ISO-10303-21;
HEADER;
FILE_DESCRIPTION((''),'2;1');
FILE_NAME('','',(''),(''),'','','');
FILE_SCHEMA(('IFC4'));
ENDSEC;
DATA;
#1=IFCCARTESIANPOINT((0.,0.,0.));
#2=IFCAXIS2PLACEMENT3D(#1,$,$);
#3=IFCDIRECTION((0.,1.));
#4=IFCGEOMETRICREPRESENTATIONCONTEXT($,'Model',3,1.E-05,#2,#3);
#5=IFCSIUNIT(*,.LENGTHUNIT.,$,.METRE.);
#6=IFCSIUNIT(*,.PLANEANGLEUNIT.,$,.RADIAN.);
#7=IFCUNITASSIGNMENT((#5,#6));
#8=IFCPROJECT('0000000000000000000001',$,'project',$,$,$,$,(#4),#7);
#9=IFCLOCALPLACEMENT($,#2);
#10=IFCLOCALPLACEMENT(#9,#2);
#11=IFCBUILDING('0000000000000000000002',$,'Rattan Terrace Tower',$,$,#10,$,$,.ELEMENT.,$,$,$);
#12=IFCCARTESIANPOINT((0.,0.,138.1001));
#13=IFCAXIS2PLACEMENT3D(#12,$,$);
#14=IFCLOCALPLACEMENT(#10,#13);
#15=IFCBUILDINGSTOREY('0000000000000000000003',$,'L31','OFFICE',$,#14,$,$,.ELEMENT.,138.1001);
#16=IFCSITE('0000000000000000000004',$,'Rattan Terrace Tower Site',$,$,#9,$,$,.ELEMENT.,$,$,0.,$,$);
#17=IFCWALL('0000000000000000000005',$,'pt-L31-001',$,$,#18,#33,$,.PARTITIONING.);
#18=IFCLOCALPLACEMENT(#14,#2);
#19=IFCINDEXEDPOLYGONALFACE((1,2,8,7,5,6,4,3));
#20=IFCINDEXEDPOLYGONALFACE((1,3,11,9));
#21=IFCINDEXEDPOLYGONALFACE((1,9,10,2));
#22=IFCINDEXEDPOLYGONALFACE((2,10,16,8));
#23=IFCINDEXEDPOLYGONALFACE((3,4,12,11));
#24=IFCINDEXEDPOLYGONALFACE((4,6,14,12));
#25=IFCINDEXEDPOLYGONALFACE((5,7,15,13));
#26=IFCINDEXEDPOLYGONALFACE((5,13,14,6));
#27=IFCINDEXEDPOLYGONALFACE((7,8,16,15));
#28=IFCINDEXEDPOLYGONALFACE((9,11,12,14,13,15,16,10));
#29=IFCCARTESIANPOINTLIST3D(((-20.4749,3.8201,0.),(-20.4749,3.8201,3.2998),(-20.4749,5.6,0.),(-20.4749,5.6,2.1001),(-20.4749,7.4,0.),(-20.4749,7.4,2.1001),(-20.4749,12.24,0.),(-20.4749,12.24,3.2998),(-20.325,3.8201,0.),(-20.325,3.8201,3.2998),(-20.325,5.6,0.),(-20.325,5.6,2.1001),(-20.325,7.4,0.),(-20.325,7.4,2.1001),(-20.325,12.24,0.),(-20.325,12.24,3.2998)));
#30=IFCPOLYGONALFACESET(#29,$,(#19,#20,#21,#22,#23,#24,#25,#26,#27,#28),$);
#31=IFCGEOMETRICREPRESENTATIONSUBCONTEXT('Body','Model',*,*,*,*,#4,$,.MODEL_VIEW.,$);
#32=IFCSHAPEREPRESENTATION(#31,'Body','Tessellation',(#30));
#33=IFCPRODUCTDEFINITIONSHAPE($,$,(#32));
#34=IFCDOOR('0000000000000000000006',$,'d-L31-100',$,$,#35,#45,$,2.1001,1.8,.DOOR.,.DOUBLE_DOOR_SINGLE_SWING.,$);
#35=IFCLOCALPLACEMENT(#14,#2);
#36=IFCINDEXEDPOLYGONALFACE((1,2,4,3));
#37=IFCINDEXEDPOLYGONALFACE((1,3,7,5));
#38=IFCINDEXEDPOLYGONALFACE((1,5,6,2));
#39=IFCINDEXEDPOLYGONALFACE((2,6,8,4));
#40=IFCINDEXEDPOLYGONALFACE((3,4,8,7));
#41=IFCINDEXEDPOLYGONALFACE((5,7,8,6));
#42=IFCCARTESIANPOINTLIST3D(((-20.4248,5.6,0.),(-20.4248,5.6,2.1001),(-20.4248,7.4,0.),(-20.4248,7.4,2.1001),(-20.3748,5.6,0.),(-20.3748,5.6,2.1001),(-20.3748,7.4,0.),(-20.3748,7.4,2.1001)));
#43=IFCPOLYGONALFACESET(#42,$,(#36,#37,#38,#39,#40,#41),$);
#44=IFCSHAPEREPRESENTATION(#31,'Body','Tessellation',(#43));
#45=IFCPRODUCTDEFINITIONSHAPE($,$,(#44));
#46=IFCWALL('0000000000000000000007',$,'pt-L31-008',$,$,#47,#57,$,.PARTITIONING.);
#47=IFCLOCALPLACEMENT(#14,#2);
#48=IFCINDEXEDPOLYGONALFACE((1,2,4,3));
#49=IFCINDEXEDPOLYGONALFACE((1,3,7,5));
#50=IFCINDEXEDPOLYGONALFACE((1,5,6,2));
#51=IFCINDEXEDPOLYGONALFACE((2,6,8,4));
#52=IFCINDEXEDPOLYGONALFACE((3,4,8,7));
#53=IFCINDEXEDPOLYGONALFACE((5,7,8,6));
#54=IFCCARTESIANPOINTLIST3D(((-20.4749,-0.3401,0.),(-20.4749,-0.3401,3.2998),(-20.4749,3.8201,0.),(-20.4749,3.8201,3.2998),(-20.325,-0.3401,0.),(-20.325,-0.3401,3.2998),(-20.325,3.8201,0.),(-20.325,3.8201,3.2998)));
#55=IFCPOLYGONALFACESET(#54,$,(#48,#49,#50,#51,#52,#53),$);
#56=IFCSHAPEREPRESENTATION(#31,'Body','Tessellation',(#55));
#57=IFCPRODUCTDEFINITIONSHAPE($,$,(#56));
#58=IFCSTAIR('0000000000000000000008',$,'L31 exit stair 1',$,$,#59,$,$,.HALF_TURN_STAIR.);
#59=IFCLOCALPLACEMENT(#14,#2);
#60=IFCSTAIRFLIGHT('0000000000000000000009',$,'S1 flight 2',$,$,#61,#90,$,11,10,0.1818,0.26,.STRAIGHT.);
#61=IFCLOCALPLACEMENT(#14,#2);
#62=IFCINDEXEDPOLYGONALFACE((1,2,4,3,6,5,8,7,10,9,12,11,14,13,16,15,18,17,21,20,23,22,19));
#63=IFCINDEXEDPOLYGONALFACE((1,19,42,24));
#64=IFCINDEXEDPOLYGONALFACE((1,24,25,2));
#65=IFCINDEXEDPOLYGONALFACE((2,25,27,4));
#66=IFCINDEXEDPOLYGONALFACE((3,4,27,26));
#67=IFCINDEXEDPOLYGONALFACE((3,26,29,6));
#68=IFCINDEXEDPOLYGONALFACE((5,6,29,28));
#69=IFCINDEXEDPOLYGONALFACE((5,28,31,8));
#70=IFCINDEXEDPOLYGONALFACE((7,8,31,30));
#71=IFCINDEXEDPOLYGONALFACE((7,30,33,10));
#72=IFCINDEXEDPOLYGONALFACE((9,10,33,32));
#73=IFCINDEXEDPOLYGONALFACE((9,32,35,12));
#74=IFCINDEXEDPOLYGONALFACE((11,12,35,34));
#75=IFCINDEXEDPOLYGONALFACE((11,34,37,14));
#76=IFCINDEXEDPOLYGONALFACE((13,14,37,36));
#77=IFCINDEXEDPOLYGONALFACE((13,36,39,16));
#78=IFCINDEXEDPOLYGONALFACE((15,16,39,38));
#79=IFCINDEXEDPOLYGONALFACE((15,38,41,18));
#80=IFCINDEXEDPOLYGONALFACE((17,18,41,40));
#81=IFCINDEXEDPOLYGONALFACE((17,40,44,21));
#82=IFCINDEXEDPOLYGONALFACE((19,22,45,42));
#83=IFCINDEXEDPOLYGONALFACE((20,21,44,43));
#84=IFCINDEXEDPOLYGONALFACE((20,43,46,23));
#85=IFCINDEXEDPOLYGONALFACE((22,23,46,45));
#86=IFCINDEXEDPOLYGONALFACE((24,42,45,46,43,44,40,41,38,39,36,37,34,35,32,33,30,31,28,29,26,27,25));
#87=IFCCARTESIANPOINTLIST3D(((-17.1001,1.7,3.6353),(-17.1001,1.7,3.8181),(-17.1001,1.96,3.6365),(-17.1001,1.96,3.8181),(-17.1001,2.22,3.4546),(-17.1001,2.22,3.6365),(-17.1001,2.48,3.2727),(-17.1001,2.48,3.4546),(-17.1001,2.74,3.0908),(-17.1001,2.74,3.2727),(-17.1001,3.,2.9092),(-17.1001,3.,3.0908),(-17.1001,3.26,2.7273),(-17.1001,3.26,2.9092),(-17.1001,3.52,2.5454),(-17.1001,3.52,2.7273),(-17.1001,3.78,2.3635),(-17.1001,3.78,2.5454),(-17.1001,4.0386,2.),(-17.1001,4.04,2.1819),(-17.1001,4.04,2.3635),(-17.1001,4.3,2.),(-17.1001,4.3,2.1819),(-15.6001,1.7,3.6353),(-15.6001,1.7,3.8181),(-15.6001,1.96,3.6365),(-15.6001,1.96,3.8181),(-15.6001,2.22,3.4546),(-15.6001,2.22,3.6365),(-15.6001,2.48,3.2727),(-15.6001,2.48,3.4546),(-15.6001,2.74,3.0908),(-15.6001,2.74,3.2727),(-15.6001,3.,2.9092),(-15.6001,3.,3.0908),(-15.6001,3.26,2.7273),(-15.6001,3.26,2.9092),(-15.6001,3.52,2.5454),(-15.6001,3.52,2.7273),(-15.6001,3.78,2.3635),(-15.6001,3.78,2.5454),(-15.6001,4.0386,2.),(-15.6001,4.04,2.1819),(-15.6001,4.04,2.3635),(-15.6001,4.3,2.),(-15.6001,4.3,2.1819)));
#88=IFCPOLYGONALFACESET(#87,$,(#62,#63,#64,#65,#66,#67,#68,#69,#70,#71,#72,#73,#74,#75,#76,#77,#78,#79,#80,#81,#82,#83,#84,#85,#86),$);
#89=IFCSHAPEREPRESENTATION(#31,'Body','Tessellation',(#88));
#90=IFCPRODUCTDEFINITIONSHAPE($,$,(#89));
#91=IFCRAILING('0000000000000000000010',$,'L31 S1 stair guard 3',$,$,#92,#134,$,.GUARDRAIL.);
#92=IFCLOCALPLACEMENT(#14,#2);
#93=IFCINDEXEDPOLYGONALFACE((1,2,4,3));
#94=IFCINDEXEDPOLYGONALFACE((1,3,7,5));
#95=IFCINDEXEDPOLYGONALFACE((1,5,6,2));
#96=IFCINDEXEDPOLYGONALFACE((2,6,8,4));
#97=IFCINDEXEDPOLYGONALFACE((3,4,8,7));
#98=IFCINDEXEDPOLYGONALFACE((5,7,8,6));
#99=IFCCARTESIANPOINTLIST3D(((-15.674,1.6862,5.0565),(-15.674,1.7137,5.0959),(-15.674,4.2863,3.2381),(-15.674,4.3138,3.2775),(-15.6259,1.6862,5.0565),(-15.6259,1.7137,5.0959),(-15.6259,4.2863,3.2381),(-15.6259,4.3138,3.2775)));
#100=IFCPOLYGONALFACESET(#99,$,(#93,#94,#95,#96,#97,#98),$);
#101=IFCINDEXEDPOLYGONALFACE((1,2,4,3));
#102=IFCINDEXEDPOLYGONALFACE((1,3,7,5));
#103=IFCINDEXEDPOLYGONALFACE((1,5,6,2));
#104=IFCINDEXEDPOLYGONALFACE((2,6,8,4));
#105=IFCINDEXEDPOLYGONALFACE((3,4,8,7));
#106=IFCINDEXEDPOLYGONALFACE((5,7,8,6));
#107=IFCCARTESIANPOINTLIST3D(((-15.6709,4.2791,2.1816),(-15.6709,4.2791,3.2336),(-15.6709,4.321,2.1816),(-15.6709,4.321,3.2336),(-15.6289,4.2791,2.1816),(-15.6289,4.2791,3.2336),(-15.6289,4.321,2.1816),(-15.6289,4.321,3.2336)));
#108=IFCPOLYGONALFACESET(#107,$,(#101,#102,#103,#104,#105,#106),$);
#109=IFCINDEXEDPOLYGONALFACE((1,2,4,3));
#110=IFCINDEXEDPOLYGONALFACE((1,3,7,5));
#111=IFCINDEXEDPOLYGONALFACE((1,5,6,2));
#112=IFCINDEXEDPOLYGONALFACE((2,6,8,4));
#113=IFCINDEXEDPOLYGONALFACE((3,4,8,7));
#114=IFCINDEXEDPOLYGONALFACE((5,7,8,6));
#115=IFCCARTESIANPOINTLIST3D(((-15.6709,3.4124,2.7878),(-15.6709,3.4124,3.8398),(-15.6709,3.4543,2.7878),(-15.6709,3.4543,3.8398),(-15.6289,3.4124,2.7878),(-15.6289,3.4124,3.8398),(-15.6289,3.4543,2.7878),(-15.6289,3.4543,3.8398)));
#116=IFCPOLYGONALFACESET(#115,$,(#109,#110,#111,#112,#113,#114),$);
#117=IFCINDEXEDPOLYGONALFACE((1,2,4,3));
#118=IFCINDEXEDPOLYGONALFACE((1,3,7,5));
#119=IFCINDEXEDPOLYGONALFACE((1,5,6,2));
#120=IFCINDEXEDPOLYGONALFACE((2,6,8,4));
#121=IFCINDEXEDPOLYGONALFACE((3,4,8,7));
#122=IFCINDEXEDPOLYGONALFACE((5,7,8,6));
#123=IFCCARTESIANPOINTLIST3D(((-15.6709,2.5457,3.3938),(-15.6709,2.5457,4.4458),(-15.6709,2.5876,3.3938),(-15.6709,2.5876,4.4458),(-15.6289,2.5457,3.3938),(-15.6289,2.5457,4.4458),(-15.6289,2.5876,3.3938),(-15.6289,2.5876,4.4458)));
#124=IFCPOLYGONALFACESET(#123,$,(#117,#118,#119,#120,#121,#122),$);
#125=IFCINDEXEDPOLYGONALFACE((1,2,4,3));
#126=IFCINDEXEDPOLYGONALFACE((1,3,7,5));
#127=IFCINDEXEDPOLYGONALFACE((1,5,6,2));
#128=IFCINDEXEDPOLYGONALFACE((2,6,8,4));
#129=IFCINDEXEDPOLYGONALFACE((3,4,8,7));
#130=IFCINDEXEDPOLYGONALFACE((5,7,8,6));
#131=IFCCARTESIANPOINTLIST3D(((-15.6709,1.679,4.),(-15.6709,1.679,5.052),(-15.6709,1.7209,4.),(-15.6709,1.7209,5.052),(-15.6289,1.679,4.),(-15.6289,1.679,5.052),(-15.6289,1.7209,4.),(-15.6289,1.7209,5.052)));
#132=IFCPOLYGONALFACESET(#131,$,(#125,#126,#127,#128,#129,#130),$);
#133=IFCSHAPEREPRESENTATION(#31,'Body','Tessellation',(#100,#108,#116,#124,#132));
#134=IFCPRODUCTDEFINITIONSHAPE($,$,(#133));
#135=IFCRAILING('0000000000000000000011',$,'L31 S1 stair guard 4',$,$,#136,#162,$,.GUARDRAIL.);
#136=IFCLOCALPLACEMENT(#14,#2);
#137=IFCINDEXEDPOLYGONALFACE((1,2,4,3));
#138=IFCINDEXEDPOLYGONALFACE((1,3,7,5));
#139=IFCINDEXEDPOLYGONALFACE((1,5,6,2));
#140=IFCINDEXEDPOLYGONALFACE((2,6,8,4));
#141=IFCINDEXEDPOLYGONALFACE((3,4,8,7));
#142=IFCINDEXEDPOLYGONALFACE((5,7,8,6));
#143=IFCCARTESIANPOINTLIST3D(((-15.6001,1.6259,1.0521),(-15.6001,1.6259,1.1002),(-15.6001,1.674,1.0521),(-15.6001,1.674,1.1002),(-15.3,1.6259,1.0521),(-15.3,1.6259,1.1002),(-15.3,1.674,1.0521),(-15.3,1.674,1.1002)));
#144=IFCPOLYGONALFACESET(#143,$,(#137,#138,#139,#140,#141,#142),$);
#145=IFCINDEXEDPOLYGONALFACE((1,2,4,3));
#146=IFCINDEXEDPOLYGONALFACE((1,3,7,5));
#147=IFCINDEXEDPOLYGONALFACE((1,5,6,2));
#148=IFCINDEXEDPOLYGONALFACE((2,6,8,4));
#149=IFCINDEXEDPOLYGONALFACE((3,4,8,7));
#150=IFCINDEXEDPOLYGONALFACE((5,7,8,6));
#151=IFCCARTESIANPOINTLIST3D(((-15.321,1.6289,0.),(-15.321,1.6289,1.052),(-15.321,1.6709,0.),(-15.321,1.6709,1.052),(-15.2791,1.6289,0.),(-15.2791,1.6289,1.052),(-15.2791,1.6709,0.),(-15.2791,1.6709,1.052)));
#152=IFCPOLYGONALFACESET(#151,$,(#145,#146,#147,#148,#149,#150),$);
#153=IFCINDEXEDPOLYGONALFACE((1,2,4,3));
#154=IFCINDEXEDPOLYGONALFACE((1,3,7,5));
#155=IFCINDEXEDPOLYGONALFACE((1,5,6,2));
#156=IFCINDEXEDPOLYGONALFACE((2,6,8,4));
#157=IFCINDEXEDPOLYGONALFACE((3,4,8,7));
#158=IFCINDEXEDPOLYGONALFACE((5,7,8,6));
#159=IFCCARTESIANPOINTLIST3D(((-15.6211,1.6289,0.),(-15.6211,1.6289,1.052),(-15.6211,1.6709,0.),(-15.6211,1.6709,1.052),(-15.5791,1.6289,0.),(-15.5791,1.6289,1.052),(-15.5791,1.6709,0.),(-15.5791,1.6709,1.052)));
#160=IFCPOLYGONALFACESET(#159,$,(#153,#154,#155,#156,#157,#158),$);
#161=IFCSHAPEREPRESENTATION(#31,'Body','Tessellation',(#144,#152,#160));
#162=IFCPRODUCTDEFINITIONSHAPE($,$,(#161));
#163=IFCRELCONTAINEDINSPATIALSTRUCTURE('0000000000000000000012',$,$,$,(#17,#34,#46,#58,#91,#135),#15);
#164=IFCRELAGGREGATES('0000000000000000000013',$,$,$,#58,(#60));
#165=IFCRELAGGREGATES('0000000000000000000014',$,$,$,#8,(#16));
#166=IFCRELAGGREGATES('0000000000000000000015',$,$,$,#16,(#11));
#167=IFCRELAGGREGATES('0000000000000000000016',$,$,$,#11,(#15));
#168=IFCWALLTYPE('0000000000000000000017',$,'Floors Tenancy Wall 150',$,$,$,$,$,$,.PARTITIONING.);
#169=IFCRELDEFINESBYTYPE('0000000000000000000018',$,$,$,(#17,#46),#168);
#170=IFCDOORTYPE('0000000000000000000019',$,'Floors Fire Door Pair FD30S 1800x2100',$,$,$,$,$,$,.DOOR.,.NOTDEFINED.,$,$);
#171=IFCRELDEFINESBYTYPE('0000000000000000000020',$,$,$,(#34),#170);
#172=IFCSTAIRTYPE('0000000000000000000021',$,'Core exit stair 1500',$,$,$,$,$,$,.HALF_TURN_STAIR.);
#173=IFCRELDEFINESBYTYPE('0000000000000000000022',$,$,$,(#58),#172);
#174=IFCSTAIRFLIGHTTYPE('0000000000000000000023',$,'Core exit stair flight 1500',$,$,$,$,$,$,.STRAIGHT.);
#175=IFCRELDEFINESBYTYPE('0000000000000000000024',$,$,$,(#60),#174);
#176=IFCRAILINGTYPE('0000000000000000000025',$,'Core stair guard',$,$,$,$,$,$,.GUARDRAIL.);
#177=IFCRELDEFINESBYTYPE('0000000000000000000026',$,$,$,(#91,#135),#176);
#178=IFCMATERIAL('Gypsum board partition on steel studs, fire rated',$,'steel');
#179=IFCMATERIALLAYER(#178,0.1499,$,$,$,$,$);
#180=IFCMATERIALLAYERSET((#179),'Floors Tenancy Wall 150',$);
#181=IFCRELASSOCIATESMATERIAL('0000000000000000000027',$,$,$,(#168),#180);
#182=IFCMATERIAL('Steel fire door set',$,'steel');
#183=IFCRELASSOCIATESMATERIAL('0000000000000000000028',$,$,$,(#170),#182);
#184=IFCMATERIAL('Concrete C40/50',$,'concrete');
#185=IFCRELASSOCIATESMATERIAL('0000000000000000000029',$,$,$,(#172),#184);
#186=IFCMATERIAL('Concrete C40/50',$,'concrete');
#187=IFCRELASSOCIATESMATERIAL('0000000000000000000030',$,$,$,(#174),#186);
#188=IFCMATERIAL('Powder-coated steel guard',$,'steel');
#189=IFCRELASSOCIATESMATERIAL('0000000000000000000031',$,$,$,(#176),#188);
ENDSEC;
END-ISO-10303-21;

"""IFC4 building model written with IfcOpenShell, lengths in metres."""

from ifc_helpers import new_model, si_unit, direction, frame, frame_2d, origin, origin_2d, place, context, subcontext, project, spatial, polyline, rectangle, outline, extrude, material, layer, layer_set, type_object, element, fill, aggregate, save


model = new_model("IFC4")

# Units and contexts
model_context = context("Model", 3, precision=1e-05, world=origin(), true_north=direction((0.0, 1.0)))
body_context = subcontext(model_context, "Body", "Model", "MODEL_VIEW")
ifc_project = project(units=[si_unit("LENGTHUNIT", "METRE"), si_unit("PLANEANGLEUNIT", "RADIAN")], contexts=[model_context])

# Site, building, storey
site_placement = place(None, origin())
site = spatial("IfcSite", under=ifc_project, at=site_placement, Name="Rattan Terrace Tower Site", CompositionType="ELEMENT", RefElevation=0.0)
building_placement = place(site_placement, origin())
building = spatial("IfcBuilding", under=site, at=building_placement, Name="Rattan Terrace Tower", CompositionType="ELEMENT")
storey_placement = place(building_placement, frame((0.0, 0.0, 138.1001)))
storey = spatial("IfcBuildingStorey", under=building, at=storey_placement, Name="L31", Description="OFFICE", CompositionType="ELEMENT", Elevation=138.1001)

# Wall, opening, door
ifc_material_1 = material(Name="Gypsum board partition on steel studs, fire rated", Category="steel")
ifc_layer_1 = layer(ifc_material_1, 0.1499)
ifc_layer_set_1 = layer_set([ifc_layer_1], Name="Floors Tenancy Wall 150")
wall_type_1 = type_object("IfcWallType", Name="Floors Tenancy Wall 150", PredefinedType="PARTITIONING", material=ifc_layer_set_1)
wall_1_placement = place(storey_placement, frame((-20.3999, 3.8201, 0.0), z_axis=(0.0, 0.0, 1.0), x_axis=(0.0, 1.0, 0.0)))
wall_1 = element("IfcWall", 1, at=wall_1_placement, inside=storey, type_object=wall_type_1, Name="pt-L31-001", PredefinedType="PARTITIONING", context=body_context, shape_type="SweptSolid", body=[
    extrude(rectangle(XDim=8.4199, YDim=0.1499, at=frame_2d((4.21, 0.0))), origin(), (0.0, 0.0, 1.0), 3.2998),
])
opening_1_placement = place(wall_1_placement, frame((1.78, 0.0, 0.0)))
opening_1 = element("IfcOpeningElement", 2, at=opening_1_placement, cuts=wall_1, PredefinedType="OPENING", context=body_context, shape_type="SweptSolid", body=[
    extrude(rectangle(XDim=1.8, YDim=2.1001, at=frame_2d((0.8999, 1.05))), frame((0.0, 0.0854, 0.0), z_axis=(0.0, -1.0, 0.0), x_axis=(1.0, 0.0, 0.0)), (0.0, 0.0, 1.0), 0.1709),
])
ifc_material_2 = material(Name="Steel fire door set", Category="steel")
door_type_1 = type_object("IfcDoorType", Name="Floors Fire Door Pair FD30S 1800x2100", OperationType="NOTDEFINED", PredefinedType="DOOR", material=ifc_material_2)
door_1_placement = place(opening_1_placement, origin())
door_1 = element("IfcDoor", 3, at=door_1_placement, inside=storey, type_object=door_type_1, Name="d-L31-100", OperationType="DOUBLE_DOOR_SINGLE_SWING", OverallHeight=2.1001, OverallWidth=1.8, PredefinedType="DOOR", context=body_context, shape_type="SweptSolid", body=[
    extrude(rectangle(XDim=1.8, YDim=2.1001, at=frame_2d((0.8999, 1.05))), frame((0.0, 0.0249, 0.0), z_axis=(0.0, -1.0, 0.0), x_axis=(1.0, 0.0, 0.0)), (0.0, 0.0, 1.0), 0.05),
])
fill(opening_1, door_1)

# Wall
wall_2_placement = place(storey_placement, frame((-20.3999, -0.3401, 0.0), z_axis=(0.0, 0.0, 1.0), x_axis=(0.0, 1.0, 0.0)))
element("IfcWall", 4, at=wall_2_placement, inside=storey, type_object=wall_type_1, Name="pt-L31-008", PredefinedType="PARTITIONING", context=body_context, shape_type="SweptSolid", body=[
    extrude(rectangle(XDim=4.1602, YDim=0.1499, at=frame_2d((2.0801, 0.0))), origin(), (0.0, 0.0, 1.0), 3.2998),
])

# Stair, stair flight
ifc_material_3 = material(Name="Concrete C40/50", Category="concrete")
stair_type = type_object("IfcStairType", Name="Core exit stair 1500", PredefinedType="HALF_TURN_STAIR", material=ifc_material_3)
stair_placement = place(storey_placement, origin())
stair = element("IfcStair", 5, at=stair_placement, inside=storey, type_object=stair_type, Name="L31 exit stair 1", PredefinedType="HALF_TURN_STAIR")
ifc_material_4 = material(Name="Concrete C40/50", Category="concrete")
stair_flight_type = type_object("IfcStairFlightType", Name="Core exit stair flight 1500", PredefinedType="STRAIGHT", material=ifc_material_4)
stair_flight_placement = place(storey_placement, frame((-16.3501, 4.3, 2.0), z_axis=(0.0, 0.0, 1.0), x_axis=(0.0, -1.0, 0.0)))
stair_flight = element("IfcStairFlight", 6, at=stair_flight_placement, type_object=stair_flight_type, Name="S1 flight 2", NumberOfRisers=11, NumberOfTreads=10, PredefinedType="STRAIGHT", RiserHeight=0.1818, TreadLength=0.26, context=body_context, shape_type="SweptSolid", body=[
    extrude(outline(polyline([(0.0, 0.0), (0.0, 0.1819), (0.26, 0.1819), (0.26, 0.3635), (0.52, 0.3635), (0.52, 0.5454), (0.78, 0.5454), (0.78, 0.7273), (1.04, 0.7273), (1.04, 0.9092), (1.3, 0.9092), (1.3, 1.0908), (1.5601, 1.0908), (1.5601, 1.2727), (1.8201, 1.2727), (1.8201, 1.4546), (2.0801, 1.4546), (2.0801, 1.6365), (2.3401, 1.6365), (2.3401, 1.8181), (2.6001, 1.8181), (2.6001, 2.0), (2.6001, 1.6353), (0.2615, 0.0), (0.0, 0.0)])), frame((0.0, 0.75, 0.0), z_axis=(0.0, -1.0, 0.0), x_axis=(1.0, 0.0, 0.0)), (0.0, 0.0, 1.0), 1.5),
])
aggregate(stair, [stair_flight])

# Railings
ifc_material_5 = material(Name="Powder-coated steel guard", Category="steel")
railing_type_1 = type_object("IfcRailingType", Name="Core stair guard", PredefinedType="GUARDRAIL", material=ifc_material_5)
railing_1_placement = place(storey_placement, frame((-15.6499, 4.3, 2.1816)))
element("IfcRailing", 7, at=railing_1_placement, inside=storey, type_object=railing_type_1, Name="L31 S1 stair guard 3", PredefinedType="GUARDRAIL", context=body_context, shape_type="SweptSolid", body=[
    extrude(rectangle(XDim=0.0481, YDim=0.0481, at=origin_2d()), frame((0.0, 0.0, 1.0762), z_axis=(0.0, -0.819485, 0.573101), x_axis=(1.0, 0.0, 0.0)), (0.0, 0.0, 1.0), 3.1729),
    extrude(rectangle(XDim=0.042, YDim=0.042, at=origin_2d()), origin(), (0.0, 0.0, 1.0), 1.052),
    extrude(rectangle(XDim=0.042, YDim=0.042, at=origin_2d()), frame((0.0, -0.8667, 0.6062)), (0.0, 0.0, 1.0), 1.052),
    extrude(rectangle(XDim=0.042, YDim=0.042, at=origin_2d()), frame((0.0, -1.7334, 1.2122)), (0.0, 0.0, 1.0), 1.052),
    extrude(rectangle(XDim=0.042, YDim=0.042, at=origin_2d()), frame((0.0, -2.6001, 1.8184)), (0.0, 0.0, 1.0), 1.052),
])
railing_2_placement = place(storey_placement, frame((-15.3, 1.6499, 0.0)))
element("IfcRailing", 8, at=railing_2_placement, inside=storey, type_object=railing_type_1, Name="L31 S1 stair guard 4", PredefinedType="GUARDRAIL", context=body_context, shape_type="SweptSolid", body=[
    extrude(rectangle(XDim=0.0481, YDim=0.0481, at=origin_2d()), frame((0.0, 0.0, 1.0762), z_axis=(-1.0, 0.0, 0.0), x_axis=(0.0, -1.0, 0.0)), (0.0, 0.0, 1.0), 0.3),
    extrude(rectangle(XDim=0.042, YDim=0.042, at=origin_2d()), origin(), (0.0, 0.0, 1.0), 1.052),
    extrude(rectangle(XDim=0.042, YDim=0.042, at=origin_2d()), frame((-0.3, 0.0, 0.0)), (0.0, 0.0, 1.0), 1.052),
])

save(model, "model.ifc")
